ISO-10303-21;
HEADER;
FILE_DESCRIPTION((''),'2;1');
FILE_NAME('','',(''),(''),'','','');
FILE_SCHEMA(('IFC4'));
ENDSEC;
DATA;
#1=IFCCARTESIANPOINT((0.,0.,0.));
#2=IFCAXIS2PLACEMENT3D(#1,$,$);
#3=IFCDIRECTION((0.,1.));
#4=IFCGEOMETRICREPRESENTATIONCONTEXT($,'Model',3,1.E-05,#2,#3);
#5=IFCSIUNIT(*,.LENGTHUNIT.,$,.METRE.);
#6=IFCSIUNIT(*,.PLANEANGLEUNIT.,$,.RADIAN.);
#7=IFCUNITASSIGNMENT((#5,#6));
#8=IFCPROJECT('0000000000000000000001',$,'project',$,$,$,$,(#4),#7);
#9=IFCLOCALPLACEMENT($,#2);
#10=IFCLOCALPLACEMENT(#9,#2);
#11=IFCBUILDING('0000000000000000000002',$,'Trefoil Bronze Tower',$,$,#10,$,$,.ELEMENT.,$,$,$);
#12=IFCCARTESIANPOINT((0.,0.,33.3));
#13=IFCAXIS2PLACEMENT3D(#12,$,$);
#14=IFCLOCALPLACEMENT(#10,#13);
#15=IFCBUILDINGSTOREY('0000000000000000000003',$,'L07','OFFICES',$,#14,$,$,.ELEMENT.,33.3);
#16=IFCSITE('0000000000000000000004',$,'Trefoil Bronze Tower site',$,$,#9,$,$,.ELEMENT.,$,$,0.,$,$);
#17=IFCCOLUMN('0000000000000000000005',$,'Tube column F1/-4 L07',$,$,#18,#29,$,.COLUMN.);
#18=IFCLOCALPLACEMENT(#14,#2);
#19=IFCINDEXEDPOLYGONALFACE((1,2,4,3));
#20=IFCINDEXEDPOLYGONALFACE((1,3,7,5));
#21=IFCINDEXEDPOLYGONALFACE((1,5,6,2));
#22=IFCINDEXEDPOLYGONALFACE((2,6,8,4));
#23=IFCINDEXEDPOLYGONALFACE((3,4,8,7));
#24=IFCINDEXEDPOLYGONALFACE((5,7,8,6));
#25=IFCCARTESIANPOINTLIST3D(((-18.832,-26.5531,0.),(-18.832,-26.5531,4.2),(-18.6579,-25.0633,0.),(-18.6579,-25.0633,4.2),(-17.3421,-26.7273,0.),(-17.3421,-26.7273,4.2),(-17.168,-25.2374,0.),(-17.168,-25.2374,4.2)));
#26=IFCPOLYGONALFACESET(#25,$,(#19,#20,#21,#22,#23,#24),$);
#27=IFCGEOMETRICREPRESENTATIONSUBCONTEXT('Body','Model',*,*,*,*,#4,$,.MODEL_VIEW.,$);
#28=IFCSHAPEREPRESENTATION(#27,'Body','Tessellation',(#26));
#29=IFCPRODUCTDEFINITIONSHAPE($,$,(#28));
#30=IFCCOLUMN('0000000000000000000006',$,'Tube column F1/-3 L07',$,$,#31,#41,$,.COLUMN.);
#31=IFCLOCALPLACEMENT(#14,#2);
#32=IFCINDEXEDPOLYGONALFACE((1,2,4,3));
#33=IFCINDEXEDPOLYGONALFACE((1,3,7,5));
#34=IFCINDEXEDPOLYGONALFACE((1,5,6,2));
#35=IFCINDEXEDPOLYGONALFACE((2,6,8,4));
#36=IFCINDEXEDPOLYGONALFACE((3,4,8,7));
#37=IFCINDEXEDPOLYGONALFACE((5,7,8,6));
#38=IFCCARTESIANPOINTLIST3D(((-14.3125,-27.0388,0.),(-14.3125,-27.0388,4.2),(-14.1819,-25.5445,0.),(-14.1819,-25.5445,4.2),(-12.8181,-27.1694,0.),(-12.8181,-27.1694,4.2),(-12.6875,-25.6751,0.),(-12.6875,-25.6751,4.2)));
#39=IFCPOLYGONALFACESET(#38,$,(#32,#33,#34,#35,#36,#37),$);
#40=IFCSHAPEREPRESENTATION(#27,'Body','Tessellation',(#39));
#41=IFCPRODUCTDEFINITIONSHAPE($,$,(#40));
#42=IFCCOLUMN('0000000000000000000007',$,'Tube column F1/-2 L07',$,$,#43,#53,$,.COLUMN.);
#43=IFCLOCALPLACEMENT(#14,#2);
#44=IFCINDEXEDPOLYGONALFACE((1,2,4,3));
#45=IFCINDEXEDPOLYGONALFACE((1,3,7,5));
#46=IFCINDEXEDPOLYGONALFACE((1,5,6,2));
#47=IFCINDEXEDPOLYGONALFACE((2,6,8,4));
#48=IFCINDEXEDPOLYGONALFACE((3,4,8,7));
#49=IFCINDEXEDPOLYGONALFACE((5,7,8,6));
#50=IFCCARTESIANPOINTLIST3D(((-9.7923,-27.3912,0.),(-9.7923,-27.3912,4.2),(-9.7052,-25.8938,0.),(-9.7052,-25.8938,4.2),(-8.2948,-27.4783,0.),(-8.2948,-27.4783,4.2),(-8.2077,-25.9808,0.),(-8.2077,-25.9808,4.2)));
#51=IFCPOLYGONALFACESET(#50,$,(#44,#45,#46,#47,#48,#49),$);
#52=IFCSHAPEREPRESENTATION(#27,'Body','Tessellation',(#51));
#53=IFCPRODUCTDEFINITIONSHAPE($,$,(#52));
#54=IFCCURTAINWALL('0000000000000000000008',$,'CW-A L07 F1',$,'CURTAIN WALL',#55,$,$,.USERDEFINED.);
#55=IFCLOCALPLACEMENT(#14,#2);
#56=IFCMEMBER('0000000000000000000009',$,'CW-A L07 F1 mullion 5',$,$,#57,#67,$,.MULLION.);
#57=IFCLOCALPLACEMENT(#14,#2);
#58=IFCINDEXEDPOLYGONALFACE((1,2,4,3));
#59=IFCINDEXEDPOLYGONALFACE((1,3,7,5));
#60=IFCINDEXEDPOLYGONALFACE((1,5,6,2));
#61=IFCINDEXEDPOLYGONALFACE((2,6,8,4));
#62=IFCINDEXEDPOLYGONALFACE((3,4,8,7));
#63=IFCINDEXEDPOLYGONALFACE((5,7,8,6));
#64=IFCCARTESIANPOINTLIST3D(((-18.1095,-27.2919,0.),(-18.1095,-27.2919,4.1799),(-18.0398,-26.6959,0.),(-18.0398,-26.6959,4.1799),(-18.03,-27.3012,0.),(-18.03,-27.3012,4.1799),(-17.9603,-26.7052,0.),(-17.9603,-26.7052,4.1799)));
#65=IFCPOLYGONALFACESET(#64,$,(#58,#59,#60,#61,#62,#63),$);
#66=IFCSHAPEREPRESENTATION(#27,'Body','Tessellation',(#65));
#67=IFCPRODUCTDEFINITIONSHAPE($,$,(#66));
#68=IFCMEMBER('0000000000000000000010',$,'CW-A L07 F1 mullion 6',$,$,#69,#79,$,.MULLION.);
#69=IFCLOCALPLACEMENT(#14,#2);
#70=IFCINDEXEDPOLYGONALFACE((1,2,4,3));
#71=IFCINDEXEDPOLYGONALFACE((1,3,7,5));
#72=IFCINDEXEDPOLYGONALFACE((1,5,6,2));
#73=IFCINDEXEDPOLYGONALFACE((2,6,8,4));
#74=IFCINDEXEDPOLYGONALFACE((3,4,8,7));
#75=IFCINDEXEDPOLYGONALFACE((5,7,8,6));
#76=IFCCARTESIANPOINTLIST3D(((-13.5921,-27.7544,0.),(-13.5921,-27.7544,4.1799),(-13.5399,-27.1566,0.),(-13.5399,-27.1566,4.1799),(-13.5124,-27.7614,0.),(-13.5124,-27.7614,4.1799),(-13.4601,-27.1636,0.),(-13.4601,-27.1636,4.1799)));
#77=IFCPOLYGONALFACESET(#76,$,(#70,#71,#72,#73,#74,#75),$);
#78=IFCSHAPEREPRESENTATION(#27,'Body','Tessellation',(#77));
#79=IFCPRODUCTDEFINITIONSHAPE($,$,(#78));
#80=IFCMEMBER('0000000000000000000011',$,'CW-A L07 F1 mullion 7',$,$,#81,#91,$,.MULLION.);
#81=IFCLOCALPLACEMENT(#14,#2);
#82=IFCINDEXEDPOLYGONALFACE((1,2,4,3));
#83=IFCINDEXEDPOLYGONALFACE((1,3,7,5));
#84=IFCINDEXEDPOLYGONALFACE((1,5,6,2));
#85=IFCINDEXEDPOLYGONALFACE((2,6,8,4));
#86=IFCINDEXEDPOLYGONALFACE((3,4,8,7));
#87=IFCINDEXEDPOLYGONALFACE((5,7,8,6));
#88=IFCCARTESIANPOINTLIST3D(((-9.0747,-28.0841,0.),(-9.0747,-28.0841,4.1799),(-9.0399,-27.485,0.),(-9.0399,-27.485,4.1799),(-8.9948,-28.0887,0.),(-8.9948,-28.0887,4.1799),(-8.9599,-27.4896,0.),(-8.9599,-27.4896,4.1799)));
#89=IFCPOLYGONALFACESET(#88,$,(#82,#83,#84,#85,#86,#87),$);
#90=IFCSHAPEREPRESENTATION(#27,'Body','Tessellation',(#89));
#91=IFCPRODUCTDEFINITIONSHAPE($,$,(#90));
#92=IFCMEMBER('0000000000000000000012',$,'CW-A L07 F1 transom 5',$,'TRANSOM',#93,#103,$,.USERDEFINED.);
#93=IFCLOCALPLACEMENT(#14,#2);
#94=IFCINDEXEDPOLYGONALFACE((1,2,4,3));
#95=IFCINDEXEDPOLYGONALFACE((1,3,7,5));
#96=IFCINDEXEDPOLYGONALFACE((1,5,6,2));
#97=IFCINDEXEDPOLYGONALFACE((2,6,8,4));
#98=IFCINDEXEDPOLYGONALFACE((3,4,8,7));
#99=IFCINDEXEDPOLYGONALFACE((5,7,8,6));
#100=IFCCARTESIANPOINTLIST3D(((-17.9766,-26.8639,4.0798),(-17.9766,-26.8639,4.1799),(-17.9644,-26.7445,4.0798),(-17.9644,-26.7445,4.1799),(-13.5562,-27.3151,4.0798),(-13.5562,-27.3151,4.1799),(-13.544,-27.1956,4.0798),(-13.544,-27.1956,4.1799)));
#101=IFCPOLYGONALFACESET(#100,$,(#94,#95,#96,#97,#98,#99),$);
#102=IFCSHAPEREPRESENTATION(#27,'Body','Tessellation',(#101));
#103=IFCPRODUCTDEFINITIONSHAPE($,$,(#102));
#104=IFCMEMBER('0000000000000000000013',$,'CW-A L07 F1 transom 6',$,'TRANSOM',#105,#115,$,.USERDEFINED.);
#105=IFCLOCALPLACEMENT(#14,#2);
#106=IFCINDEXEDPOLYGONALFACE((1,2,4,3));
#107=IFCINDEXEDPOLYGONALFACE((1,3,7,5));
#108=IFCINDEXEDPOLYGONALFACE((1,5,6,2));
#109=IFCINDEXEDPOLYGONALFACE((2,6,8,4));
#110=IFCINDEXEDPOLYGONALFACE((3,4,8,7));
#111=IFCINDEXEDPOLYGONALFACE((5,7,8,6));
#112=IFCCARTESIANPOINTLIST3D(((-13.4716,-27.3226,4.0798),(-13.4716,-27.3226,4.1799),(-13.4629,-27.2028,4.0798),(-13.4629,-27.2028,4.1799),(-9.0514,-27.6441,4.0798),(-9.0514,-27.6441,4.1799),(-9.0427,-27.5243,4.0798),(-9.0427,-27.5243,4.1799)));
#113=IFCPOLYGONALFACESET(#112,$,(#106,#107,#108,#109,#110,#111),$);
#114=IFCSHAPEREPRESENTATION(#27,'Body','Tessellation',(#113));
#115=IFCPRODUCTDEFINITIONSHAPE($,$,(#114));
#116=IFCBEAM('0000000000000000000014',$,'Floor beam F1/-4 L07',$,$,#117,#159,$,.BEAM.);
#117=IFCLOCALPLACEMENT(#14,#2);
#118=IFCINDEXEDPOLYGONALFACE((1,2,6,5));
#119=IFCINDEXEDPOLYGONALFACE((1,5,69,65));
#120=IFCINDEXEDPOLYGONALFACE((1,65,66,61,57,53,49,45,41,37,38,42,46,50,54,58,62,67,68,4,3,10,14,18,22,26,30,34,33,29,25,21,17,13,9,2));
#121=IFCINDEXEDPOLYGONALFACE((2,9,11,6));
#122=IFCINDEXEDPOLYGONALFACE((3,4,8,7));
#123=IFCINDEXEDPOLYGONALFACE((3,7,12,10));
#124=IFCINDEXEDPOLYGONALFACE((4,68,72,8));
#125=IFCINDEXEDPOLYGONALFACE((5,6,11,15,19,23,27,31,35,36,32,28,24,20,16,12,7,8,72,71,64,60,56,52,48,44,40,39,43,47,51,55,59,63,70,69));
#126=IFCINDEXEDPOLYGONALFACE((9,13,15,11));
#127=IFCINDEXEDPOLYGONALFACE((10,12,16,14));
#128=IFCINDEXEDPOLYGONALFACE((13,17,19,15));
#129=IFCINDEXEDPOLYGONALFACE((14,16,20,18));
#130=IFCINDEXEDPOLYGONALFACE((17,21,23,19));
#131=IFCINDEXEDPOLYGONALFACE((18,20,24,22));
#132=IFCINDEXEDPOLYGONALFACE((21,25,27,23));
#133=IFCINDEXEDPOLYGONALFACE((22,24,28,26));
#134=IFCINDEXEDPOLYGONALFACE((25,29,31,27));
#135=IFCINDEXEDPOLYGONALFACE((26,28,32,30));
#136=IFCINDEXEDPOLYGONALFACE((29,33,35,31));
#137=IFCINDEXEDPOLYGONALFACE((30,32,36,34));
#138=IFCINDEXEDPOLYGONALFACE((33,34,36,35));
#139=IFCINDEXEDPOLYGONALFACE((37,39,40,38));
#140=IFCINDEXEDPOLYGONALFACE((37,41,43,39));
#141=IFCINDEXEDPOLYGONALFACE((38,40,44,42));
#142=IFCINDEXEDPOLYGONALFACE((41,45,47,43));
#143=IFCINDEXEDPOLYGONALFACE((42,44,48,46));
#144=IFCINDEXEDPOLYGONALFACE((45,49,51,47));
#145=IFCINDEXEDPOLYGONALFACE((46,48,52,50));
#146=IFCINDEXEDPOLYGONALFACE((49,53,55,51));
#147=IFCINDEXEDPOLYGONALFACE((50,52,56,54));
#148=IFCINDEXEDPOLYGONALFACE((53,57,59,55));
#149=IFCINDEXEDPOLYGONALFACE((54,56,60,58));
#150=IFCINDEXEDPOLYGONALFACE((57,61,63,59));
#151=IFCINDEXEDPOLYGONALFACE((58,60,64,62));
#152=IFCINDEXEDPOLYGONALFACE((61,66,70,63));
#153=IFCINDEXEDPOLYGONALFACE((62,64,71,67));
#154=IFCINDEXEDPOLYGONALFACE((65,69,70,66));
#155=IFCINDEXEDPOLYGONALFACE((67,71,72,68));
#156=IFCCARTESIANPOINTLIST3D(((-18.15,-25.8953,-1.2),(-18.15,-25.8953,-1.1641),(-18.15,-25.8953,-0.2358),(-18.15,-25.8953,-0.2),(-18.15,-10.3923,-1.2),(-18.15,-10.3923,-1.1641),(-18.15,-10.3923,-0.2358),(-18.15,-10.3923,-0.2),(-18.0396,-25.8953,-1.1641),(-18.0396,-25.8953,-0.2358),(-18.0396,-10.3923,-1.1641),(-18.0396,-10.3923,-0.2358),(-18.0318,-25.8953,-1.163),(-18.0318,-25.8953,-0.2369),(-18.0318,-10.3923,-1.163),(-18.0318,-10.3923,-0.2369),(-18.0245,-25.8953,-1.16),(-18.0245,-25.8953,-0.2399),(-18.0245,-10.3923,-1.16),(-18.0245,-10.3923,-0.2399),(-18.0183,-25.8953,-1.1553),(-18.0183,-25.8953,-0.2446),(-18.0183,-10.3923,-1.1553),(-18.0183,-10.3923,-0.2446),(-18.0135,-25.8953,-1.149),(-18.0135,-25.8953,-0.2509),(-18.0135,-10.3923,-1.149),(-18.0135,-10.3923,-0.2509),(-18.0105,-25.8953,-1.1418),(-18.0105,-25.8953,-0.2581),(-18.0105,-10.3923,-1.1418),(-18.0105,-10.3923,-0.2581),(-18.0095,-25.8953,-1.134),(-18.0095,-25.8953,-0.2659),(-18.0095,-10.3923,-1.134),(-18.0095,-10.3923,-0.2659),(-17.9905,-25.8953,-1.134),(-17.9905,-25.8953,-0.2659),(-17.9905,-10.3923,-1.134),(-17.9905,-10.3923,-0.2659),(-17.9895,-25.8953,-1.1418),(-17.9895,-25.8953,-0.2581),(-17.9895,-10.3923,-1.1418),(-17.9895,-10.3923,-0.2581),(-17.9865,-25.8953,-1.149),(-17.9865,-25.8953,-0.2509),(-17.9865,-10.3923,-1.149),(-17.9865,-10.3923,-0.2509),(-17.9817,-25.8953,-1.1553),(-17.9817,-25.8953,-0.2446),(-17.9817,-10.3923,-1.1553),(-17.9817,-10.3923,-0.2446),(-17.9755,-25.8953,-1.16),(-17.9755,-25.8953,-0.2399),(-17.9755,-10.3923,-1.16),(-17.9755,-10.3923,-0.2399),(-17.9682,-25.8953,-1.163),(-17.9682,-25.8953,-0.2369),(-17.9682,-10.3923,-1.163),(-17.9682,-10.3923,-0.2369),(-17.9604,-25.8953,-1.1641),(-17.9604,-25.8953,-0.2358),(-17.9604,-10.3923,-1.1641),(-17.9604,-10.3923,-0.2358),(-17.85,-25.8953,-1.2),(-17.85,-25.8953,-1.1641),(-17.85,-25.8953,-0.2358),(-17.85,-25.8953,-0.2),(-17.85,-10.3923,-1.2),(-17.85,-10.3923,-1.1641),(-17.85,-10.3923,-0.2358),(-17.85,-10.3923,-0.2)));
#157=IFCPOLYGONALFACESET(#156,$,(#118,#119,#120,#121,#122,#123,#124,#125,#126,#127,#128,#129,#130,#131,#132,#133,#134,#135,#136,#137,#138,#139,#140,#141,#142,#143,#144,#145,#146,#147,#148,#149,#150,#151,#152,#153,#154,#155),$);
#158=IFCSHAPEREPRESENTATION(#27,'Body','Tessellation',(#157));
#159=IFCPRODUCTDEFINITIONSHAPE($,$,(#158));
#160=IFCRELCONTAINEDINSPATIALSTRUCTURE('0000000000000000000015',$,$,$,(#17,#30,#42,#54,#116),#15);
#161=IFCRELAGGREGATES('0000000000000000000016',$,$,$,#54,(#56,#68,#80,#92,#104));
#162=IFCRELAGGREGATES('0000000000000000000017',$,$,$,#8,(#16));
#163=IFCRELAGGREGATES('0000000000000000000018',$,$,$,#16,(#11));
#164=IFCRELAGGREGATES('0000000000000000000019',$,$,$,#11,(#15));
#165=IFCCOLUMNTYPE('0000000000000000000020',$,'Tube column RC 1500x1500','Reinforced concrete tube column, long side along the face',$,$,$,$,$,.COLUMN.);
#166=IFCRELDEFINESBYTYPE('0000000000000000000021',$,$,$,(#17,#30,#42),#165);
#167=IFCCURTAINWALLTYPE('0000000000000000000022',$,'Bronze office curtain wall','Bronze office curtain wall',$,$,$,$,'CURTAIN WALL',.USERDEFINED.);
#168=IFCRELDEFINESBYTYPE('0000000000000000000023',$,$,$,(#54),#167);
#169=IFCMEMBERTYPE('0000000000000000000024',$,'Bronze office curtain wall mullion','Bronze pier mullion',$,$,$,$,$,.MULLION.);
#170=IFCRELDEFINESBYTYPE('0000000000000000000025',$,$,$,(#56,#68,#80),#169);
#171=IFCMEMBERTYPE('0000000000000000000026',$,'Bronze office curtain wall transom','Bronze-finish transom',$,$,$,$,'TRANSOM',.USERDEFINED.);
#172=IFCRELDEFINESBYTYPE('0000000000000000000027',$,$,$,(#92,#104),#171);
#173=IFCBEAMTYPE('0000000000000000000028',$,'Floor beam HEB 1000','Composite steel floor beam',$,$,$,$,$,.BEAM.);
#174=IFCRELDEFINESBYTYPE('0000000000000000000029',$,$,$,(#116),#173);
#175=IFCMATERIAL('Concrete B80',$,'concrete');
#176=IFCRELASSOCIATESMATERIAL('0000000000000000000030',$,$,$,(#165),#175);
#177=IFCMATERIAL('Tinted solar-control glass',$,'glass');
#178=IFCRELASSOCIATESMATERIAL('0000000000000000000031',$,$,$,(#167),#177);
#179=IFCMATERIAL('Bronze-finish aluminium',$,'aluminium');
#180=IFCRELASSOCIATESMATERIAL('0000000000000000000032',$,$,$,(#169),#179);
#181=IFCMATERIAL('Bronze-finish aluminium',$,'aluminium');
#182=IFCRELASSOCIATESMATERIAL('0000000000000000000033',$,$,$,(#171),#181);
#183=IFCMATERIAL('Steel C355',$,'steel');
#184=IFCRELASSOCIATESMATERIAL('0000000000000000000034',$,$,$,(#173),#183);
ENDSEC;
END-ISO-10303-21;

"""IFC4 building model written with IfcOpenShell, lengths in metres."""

from ifc_helpers import new_model, si_unit, direction, frame, origin, origin_2d, place, context, subcontext, project, spatial, rectangle, i_section, extrude, material, material_profile, profile_set, type_object, element, aggregate, save


model = new_model("IFC4")

# Units and contexts
model_context = context("Model", 3, precision=1e-05, world=origin(), true_north=direction((0.0, 1.0)))
body_context = subcontext(model_context, "Body", "Model", "MODEL_VIEW")
ifc_project = project(units=[si_unit("LENGTHUNIT", "METRE"), si_unit("PLANEANGLEUNIT", "RADIAN")], contexts=[model_context])

# Site, building, storey
site_placement = place(None, origin())
site = spatial("IfcSite", under=ifc_project, at=site_placement, Name="Trefoil Bronze Tower site", CompositionType="ELEMENT", RefElevation=0.0)
building_placement = place(site_placement, origin())
building = spatial("IfcBuilding", under=site, at=building_placement, Name="Trefoil Bronze Tower", CompositionType="ELEMENT")
storey_placement = place(building_placement, frame((0.0, 0.0, 33.3)))
storey = spatial("IfcBuildingStorey", under=building, at=storey_placement, Name="L07", Description="OFFICES", CompositionType="ELEMENT", Elevation=33.3)

# Columns
ifc_material_1 = material(Name="Concrete B80", Category="concrete")
ifc_material_profile_1 = material_profile(ifc_material_1, rectangle(XDim=1.5, YDim=1.5, at=origin_2d()), Name="RC 1500x1500")
ifc_profile_set_1 = profile_set([ifc_material_profile_1], Name="Concrete B80")
column_type = type_object("IfcColumnType", Name="Tube column RC 1500x1500", Description="Reinforced concrete tube column, long side along the face", PredefinedType="COLUMN", material=ifc_profile_set_1)
for number, where, z_axis, x_axis, name in (
    (1, (-18.0, -25.8953, 0.0), (0.0, 0.0, 1.0), (0.993239, -0.116087, 0.0), "Tube column F1/-4 L07"),
    (2, (-13.5, -26.3569, 0.0), (0.0, 0.0, 1.0), (0.996203, -0.087065, 0.0), "Tube column F1/-3 L07"),
    (3, (-9.0, -26.686, 0.0), (0.0, 0.0, 1.0), (0.998314, -0.058043, 0.0), "Tube column F1/-2 L07"),
):
    element("IfcColumn", number, at=place(storey_placement, frame(where, z_axis=z_axis, x_axis=x_axis)), inside=storey, type_object=column_type, Name=name, PredefinedType="COLUMN", context=body_context, shape_type="SweptSolid", body=[
        extrude(rectangle(XDim=1.5, YDim=1.5, at=origin_2d()), origin(), (0.0, 0.0, 1.0), 4.2),
    ])

# Curtain wall, members
ifc_material_2 = material(Name="Tinted solar-control glass", Category="glass")
curtain_wall_type = type_object("IfcCurtainWallType", Name="Bronze office curtain wall", Description="Bronze office curtain wall", ElementType="CURTAIN WALL", PredefinedType="USERDEFINED", material=ifc_material_2)
curtain_wall_placement = place(storey_placement, origin())
curtain_wall = element("IfcCurtainWall", 4, at=curtain_wall_placement, inside=storey, type_object=curtain_wall_type, Name="CW-A L07 F1", ObjectType="CURTAIN WALL", PredefinedType="USERDEFINED")
ifc_material_3 = material(Name="Bronze-finish aluminium", Category="aluminium")
ifc_material_profile_2 = material_profile(ifc_material_3, rectangle(XDim=0.6001, YDim=0.0801, at=origin_2d()), Name="CW-A mullion")
ifc_profile_set_2 = profile_set([ifc_material_profile_2], Name="Bronze-finish aluminium")
member_type_1 = type_object("IfcMemberType", Name="Bronze office curtain wall mullion", Description="Bronze pier mullion", PredefinedType="MULLION", material=ifc_profile_set_2)
member_1_placement = place(storey_placement, frame((-18.0349, -26.9985, 0.0), z_axis=(0.0, 0.0, 1.0), x_axis=(0.116087, 0.993239, 0.0)))
member_1 = element("IfcMember", 5, at=member_1_placement, type_object=member_type_1, Name="CW-A L07 F1 mullion 5", PredefinedType="MULLION", context=body_context, shape_type="SweptSolid", body=[
    extrude(rectangle(XDim=0.6001, YDim=0.0801, at=origin_2d()), origin(), (0.0, 0.0, 1.0), 4.1799),
])
member_2_placement = place(storey_placement, frame((-13.5261, -27.459, 0.0), z_axis=(0.0, 0.0, 1.0), x_axis=(0.087065, 0.996203, 0.0)))
member_2 = element("IfcMember", 6, at=member_2_placement, type_object=member_type_1, Name="CW-A L07 F1 mullion 6", PredefinedType="MULLION", context=body_context, shape_type="SweptSolid", body=[
    extrude(rectangle(XDim=0.6001, YDim=0.0801, at=origin_2d()), origin(), (0.0, 0.0, 1.0), 4.1799),
])
member_3_placement = place(storey_placement, frame((-9.0173, -27.7869, 0.0), z_axis=(0.0, 0.0, 1.0), x_axis=(0.058043, 0.998314, 0.0)))
member_3 = element("IfcMember", 7, at=member_3_placement, type_object=member_type_1, Name="CW-A L07 F1 mullion 7", PredefinedType="MULLION", context=body_context, shape_type="SweptSolid", body=[
    extrude(rectangle(XDim=0.6001, YDim=0.0801, at=origin_2d()), origin(), (0.0, 0.0, 1.0), 4.1799),
])
ifc_material_4 = material(Name="Bronze-finish aluminium", Category="aluminium")
ifc_material_profile_3 = material_profile(ifc_material_4, rectangle(XDim=0.1201, YDim=0.1001, at=origin_2d()), Name="CW-A transom")
ifc_profile_set_3 = profile_set([ifc_material_profile_3], Name="Bronze-finish aluminium")
member_type_2 = type_object("IfcMemberType", Name="Bronze office curtain wall transom", Description="Bronze-finish transom", ElementType="TRANSOM", PredefinedType="USERDEFINED", material=ifc_profile_set_3)
member_4_placement = place(storey_placement, frame((-17.9705, -26.8042, 4.1299), z_axis=(0.994832, -0.101538, 0.0), x_axis=(0.101538, 0.994832, 0.0)))
member_4 = element("IfcMember", 8, at=member_4_placement, type_object=member_type_2, Name="CW-A L07 F1 transom 5", ObjectType="TRANSOM", PredefinedType="USERDEFINED", context=body_context, shape_type="SweptSolid", body=[
    extrude(rectangle(XDim=0.1201, YDim=0.1001, at=origin_2d()), origin(), (0.0, 0.0, 1.0), 4.4434),
])
member_5_placement = place(storey_placement, frame((-13.4673, -27.2627, 4.1299), z_axis=(0.997365, -0.072551, 0.0), x_axis=(0.072551, 0.997365, 0.0)))
member_5 = element("IfcMember", 9, at=member_5_placement, type_object=member_type_2, Name="CW-A L07 F1 transom 6", ObjectType="TRANSOM", PredefinedType="USERDEFINED", context=body_context, shape_type="SweptSolid", body=[
    extrude(rectangle(XDim=0.1201, YDim=0.1001, at=origin_2d()), origin(), (0.0, 0.0, 1.0), 4.4319),
])

# Beam
ifc_material_5 = material(Name="Steel C355", Category="steel")
ifc_material_profile_4 = material_profile(ifc_material_5, i_section(OverallWidth=0.3, OverallDepth=1.0, WebThickness=0.019, FlangeThickness=0.0359, FilletRadius=0.03, at=origin_2d()), Name="HEB 1000")
ifc_profile_set_4 = profile_set([ifc_material_profile_4], Name="Steel C355")
beam_type_1 = type_object("IfcBeamType", Name="Floor beam HEB 1000", Description="Composite steel floor beam", PredefinedType="BEAM", material=ifc_profile_set_4)
beam_1_placement = place(storey_placement, frame((-18.0, -25.8953, -0.7), z_axis=(0.0, 1.0, 0.0), x_axis=(-1.0, 0.0, 0.0)))
element("IfcBeam", 10, at=beam_1_placement, inside=storey, type_object=beam_type_1, Name="Floor beam F1/-4 L07", PredefinedType="BEAM", context=body_context, shape_type="SweptSolid", body=[
    extrude(i_section(OverallWidth=0.3, OverallDepth=1.0, WebThickness=0.019, FlangeThickness=0.0359, FilletRadius=0.03, at=origin_2d()), origin(), (0.0, 0.0, 1.0), 15.5029),
])

aggregate(curtain_wall, [member_1, member_2, member_3, member_4, member_5])

save(model, "model.ifc")
